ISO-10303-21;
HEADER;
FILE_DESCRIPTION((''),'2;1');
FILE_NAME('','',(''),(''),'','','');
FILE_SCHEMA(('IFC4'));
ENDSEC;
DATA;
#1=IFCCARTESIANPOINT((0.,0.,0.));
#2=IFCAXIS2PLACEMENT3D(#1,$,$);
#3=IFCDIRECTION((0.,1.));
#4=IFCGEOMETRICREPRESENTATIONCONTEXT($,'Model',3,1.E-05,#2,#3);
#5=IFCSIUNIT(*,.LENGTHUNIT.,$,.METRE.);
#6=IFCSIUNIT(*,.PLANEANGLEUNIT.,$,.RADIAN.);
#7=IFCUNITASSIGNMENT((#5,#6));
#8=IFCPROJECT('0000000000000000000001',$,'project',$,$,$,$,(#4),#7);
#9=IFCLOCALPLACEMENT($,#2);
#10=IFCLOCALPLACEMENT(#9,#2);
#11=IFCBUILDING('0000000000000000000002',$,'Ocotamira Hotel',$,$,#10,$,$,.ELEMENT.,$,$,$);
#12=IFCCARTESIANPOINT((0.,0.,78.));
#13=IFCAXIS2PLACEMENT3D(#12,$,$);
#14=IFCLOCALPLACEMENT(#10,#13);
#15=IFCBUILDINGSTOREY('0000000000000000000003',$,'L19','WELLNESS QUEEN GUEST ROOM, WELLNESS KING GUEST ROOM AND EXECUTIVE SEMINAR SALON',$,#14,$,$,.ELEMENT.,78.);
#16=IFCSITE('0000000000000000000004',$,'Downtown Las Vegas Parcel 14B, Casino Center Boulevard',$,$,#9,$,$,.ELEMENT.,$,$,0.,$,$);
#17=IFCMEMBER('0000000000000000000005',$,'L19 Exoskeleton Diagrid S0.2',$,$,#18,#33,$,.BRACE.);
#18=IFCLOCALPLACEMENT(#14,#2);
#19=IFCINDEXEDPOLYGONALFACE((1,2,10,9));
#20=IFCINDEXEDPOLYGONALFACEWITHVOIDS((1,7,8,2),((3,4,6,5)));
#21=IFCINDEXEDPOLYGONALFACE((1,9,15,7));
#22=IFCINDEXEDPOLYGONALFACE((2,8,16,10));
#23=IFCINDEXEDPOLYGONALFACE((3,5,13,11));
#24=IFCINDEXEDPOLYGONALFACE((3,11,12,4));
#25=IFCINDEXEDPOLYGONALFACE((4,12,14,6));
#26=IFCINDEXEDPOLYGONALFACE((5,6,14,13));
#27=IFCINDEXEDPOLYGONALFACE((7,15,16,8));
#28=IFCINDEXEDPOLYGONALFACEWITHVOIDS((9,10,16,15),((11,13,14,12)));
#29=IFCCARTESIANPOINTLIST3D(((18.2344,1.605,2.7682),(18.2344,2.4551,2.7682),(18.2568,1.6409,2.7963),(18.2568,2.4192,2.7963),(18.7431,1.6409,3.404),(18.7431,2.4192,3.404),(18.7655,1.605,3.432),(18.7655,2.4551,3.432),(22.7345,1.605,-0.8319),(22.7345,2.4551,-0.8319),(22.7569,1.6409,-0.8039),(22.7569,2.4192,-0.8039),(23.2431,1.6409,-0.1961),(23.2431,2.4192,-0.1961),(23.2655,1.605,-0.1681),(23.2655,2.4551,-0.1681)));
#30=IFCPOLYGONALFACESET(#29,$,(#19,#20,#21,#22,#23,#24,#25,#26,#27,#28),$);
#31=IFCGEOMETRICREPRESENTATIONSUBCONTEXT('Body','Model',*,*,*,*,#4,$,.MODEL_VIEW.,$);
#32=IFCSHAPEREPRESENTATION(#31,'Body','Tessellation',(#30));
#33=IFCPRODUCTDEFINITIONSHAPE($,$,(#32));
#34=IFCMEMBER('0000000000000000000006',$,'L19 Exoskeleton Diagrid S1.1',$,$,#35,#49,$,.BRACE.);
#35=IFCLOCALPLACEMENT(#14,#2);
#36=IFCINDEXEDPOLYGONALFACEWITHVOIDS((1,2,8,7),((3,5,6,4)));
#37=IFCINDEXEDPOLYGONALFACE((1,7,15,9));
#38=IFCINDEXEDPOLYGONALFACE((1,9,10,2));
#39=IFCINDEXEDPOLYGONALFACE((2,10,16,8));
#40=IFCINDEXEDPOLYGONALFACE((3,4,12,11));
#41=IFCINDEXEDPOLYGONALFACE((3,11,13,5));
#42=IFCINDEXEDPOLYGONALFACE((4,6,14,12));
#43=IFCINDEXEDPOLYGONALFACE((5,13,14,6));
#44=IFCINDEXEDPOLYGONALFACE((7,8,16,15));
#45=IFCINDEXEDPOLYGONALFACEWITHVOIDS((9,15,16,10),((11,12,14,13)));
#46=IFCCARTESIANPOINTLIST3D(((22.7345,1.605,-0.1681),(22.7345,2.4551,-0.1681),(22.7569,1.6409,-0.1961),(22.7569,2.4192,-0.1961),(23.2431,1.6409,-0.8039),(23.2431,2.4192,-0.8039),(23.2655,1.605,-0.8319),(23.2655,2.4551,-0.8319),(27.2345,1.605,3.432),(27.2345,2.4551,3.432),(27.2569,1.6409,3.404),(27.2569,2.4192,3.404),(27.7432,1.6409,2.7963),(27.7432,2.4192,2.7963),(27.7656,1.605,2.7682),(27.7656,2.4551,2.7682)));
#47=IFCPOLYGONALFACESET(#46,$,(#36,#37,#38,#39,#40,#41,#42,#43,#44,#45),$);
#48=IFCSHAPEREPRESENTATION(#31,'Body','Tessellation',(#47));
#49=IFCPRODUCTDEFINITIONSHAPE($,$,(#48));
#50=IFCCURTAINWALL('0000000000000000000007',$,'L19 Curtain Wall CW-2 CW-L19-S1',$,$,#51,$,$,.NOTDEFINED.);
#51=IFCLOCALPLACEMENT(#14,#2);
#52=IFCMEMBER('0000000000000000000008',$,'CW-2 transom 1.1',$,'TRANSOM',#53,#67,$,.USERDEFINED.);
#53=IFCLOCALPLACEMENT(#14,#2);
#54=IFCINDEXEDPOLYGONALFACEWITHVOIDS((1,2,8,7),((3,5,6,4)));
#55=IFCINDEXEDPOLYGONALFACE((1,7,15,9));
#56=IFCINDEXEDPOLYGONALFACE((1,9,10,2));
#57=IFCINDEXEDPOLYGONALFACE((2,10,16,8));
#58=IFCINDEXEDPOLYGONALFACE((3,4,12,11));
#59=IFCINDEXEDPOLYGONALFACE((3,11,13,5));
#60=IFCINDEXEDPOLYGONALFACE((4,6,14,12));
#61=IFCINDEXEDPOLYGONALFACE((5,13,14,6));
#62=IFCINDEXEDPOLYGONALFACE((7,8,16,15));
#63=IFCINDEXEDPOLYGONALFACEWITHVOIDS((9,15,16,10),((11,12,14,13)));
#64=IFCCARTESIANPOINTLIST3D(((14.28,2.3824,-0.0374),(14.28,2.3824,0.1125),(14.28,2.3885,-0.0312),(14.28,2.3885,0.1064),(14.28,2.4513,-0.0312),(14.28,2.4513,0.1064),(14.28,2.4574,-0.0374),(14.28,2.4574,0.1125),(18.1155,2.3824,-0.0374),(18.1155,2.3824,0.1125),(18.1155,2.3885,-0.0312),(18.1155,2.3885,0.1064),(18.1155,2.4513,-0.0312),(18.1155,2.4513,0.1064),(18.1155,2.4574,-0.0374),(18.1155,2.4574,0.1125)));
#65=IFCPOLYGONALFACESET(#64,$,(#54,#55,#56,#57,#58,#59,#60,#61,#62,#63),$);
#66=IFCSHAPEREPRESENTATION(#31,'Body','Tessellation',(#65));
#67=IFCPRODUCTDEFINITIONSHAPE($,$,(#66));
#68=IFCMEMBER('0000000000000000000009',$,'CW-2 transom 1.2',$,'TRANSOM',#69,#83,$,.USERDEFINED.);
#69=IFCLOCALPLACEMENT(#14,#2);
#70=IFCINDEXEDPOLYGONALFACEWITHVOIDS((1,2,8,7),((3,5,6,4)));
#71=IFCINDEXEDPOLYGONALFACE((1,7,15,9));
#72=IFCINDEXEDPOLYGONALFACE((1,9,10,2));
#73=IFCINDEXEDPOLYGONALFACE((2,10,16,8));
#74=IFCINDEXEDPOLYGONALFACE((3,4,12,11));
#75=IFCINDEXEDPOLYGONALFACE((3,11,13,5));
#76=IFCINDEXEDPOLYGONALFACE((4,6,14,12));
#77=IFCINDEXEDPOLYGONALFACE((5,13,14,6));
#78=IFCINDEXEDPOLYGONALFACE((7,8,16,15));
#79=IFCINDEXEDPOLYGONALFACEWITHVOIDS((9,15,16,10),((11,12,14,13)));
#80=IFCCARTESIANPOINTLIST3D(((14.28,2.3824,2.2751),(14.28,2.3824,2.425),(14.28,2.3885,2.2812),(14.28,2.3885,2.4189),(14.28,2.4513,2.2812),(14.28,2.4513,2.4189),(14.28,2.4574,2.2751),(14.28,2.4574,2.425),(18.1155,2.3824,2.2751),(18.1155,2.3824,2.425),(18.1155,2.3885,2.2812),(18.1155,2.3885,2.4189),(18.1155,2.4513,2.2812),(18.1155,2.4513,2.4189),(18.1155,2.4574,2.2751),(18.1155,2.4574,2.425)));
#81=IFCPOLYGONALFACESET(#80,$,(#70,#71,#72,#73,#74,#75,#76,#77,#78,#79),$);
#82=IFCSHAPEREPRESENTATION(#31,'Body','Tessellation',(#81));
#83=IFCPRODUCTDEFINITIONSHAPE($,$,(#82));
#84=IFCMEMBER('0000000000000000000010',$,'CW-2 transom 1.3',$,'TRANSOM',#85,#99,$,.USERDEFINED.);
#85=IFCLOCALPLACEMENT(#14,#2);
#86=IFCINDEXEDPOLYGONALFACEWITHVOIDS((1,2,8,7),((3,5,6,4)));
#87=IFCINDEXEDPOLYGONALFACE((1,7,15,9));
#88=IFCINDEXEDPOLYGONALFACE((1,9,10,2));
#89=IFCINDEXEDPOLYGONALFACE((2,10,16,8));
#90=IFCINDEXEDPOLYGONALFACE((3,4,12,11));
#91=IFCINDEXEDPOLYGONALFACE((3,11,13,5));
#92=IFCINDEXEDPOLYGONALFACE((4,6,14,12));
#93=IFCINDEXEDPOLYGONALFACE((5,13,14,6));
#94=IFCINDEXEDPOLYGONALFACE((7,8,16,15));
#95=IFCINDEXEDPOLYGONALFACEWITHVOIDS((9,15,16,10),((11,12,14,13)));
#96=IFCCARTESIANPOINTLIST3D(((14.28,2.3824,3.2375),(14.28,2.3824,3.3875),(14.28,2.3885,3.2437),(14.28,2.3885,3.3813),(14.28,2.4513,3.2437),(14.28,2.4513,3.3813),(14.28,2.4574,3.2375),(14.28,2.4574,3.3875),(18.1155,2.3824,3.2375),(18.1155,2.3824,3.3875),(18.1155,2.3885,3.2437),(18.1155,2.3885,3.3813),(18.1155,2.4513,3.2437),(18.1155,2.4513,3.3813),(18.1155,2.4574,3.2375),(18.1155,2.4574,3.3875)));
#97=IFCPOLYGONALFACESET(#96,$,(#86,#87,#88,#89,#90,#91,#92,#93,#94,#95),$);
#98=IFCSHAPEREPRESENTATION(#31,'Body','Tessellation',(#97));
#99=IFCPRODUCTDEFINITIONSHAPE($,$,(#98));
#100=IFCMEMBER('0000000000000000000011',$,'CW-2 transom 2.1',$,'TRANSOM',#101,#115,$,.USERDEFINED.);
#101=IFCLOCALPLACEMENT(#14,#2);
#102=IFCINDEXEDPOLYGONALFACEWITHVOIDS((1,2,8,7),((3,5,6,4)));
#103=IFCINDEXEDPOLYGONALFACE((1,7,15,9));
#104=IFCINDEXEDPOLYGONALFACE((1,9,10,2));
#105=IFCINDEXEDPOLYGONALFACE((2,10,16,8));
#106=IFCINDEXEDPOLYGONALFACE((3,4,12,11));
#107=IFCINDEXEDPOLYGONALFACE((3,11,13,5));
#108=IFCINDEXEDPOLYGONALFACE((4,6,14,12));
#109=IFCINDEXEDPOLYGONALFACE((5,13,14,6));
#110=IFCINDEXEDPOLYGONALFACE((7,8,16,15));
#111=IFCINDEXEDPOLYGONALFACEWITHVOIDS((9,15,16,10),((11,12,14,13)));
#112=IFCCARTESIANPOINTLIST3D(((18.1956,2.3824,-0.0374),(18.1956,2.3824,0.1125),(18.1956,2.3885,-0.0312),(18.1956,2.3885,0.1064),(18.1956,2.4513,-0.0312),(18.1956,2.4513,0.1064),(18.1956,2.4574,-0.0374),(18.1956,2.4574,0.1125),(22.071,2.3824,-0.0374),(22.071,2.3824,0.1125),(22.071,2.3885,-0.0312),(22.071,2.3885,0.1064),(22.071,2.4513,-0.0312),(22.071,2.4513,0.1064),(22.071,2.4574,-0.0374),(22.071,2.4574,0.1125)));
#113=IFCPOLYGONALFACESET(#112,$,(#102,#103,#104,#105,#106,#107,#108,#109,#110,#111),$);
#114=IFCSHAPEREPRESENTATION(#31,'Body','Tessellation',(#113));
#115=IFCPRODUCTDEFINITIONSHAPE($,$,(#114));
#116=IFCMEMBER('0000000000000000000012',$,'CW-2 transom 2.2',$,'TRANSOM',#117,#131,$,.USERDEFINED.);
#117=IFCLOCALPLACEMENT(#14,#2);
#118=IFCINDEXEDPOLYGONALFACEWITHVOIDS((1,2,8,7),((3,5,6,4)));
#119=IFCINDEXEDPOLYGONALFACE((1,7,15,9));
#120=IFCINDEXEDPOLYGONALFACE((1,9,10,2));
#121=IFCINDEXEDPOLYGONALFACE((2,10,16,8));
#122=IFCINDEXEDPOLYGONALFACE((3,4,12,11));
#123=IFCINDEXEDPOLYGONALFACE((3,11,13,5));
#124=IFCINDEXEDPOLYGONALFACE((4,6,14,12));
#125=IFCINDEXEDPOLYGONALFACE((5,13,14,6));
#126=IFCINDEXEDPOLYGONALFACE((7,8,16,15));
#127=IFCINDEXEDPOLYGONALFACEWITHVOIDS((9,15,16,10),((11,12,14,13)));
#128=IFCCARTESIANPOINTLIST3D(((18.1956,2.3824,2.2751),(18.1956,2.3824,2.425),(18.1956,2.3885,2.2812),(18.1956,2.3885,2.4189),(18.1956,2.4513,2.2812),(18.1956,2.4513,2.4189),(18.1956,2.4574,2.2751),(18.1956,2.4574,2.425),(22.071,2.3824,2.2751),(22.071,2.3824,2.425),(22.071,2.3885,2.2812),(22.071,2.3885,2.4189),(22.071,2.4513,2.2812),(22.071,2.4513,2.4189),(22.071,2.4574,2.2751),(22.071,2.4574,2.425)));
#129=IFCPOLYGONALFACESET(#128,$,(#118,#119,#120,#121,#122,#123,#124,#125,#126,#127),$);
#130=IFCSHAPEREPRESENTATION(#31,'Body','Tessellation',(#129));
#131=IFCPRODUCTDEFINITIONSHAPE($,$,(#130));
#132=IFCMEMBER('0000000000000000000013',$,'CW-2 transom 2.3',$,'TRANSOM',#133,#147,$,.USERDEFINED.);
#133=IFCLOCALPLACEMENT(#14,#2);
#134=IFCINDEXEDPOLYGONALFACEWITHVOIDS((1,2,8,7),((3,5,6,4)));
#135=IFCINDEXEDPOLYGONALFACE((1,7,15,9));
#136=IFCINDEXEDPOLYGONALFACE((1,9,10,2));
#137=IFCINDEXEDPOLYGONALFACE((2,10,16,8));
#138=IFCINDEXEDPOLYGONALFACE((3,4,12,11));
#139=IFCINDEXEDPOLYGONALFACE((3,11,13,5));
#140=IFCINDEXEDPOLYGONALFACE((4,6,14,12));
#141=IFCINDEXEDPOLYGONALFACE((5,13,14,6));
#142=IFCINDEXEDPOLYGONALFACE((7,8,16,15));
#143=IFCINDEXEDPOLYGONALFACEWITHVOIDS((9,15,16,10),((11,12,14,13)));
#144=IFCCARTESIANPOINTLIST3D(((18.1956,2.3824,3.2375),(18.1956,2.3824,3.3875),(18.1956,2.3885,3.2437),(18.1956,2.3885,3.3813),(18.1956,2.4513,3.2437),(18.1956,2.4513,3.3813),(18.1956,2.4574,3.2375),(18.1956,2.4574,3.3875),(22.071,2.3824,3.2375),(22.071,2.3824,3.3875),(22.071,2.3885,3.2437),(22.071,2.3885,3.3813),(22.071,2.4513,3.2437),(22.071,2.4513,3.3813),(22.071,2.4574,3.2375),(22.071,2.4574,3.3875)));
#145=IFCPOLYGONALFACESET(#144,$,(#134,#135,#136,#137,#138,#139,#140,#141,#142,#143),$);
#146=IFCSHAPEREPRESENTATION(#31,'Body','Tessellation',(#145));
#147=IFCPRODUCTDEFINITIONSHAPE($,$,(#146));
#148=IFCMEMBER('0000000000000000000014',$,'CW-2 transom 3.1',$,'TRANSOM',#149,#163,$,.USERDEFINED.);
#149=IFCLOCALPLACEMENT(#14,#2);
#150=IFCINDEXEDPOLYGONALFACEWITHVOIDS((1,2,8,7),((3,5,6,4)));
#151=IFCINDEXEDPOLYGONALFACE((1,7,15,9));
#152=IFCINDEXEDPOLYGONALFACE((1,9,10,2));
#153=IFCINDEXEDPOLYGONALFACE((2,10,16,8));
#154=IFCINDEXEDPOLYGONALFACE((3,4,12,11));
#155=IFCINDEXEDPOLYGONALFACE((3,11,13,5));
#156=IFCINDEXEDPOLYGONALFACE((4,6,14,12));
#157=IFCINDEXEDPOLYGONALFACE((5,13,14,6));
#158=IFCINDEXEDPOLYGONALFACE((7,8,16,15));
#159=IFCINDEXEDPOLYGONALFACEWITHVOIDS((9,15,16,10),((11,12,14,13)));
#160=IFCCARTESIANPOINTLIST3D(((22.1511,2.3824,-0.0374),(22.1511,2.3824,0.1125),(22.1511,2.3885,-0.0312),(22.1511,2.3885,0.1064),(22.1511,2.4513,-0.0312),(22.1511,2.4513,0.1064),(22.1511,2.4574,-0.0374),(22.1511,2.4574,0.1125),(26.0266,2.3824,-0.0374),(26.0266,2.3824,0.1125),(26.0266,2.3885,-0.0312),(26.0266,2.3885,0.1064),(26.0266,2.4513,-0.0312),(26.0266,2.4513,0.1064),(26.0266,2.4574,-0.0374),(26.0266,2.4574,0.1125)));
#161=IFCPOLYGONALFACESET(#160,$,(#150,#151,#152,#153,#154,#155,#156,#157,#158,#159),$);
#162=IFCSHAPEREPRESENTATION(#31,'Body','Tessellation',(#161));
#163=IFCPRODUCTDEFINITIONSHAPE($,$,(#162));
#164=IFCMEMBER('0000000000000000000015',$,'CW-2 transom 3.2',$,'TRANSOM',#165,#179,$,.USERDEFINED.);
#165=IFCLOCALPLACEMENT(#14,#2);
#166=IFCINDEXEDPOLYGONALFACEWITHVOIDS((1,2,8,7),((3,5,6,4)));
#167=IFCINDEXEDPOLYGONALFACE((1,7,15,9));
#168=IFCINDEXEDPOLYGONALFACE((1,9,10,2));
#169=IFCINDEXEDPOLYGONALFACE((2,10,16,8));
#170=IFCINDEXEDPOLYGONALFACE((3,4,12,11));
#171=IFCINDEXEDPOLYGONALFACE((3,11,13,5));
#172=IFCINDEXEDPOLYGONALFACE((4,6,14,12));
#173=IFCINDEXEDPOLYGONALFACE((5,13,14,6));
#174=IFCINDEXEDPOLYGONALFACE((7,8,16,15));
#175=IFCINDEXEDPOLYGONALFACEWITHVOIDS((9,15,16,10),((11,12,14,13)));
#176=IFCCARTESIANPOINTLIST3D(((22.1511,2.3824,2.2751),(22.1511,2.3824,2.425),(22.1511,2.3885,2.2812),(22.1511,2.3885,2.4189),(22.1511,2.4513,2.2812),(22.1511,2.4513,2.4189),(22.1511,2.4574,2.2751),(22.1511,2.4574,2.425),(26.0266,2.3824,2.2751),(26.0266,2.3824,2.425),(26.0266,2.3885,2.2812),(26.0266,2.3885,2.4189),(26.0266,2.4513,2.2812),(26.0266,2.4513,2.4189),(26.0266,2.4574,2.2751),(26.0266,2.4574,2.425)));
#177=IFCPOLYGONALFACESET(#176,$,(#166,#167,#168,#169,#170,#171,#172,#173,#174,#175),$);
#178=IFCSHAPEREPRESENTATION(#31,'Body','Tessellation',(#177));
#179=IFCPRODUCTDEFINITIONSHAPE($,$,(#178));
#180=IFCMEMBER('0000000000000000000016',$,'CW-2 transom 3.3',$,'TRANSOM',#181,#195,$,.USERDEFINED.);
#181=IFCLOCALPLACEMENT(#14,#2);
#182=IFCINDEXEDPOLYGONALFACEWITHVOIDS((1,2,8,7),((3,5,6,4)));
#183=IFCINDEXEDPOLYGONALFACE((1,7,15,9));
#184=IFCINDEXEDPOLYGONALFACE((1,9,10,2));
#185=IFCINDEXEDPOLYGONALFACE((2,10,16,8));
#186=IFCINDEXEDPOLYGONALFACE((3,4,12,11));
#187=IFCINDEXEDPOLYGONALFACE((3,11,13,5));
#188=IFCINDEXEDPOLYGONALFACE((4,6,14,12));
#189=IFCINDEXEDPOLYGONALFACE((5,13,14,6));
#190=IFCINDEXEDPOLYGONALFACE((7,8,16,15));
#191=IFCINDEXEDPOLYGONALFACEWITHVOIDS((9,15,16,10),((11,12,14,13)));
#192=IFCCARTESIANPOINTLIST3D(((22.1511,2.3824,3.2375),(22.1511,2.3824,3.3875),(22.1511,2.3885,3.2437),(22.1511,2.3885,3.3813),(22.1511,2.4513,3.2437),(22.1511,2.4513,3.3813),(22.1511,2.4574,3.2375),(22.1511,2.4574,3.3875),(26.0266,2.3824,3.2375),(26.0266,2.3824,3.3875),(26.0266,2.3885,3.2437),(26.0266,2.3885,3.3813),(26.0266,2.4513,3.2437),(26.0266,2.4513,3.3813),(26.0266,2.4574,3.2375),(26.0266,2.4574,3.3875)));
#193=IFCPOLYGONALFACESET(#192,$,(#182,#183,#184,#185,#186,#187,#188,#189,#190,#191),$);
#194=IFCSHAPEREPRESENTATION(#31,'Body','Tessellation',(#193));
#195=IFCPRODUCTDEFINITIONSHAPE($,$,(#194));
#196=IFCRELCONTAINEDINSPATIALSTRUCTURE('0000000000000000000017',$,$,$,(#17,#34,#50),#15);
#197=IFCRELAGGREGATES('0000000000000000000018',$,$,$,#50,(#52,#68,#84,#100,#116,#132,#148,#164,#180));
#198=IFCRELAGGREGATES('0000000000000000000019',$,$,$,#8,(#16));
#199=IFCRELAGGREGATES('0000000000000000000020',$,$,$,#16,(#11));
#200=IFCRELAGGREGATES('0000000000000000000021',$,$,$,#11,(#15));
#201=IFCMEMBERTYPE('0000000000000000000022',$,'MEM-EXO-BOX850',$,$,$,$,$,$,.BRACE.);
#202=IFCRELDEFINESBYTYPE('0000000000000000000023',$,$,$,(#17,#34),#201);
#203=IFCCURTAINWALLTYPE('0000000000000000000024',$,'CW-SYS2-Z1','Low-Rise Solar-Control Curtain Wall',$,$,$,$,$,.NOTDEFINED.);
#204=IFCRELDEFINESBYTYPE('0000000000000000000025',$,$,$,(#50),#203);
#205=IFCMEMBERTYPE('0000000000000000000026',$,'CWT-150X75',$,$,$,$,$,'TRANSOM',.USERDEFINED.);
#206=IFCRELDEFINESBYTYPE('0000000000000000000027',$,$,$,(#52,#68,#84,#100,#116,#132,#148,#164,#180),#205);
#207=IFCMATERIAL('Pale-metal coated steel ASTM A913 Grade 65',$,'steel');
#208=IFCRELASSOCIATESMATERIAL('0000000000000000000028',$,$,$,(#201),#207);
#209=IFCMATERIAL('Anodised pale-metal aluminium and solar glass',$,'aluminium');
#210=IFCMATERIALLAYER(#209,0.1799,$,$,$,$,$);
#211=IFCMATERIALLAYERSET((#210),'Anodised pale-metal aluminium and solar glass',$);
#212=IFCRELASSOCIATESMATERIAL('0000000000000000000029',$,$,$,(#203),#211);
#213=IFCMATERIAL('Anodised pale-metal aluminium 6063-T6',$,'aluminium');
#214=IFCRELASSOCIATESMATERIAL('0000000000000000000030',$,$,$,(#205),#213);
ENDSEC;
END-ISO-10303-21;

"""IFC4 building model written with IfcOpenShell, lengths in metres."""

from ifc_helpers import new_model, si_unit, direction, frame, origin, origin_2d, place, context, subcontext, project, spatial, hollow_rectangle, extrude, source, transform, mapped, material, layer, layer_set, material_profile, profile_set, type_object, element, aggregate, save


model = new_model("IFC4")

# Units and contexts
model_context = context("Model", 3, precision=1e-05, world=origin(), true_north=direction((0.0, 1.0)))
body_context = subcontext(model_context, "Body", "Model", "MODEL_VIEW")
ifc_project = project(units=[si_unit("LENGTHUNIT", "METRE"), si_unit("PLANEANGLEUNIT", "RADIAN")], contexts=[model_context])

# Site, building, storey
site_placement = place(None, origin())
site = spatial("IfcSite", under=ifc_project, at=site_placement, Name="Downtown Las Vegas Parcel 14B, Casino Center Boulevard", CompositionType="ELEMENT", RefElevation=0.0)
building_placement = place(site_placement, origin())
building = spatial("IfcBuilding", under=site, at=building_placement, Name="Ocotamira Hotel", CompositionType="ELEMENT")
storey_placement = place(building_placement, frame((0.0, 0.0, 78.0)))
storey = spatial("IfcBuildingStorey", under=building, at=storey_placement, Name="L19", Description="WELLNESS QUEEN GUEST ROOM, WELLNESS KING GUEST ROOM AND EXECUTIVE SEMINAR SALON", CompositionType="ELEMENT", Elevation=78.0)

# Members
ifc_material_1 = material(Name="Pale-metal coated steel ASTM A913 Grade 65", Category="steel")
ifc_material_profile_1 = material_profile(ifc_material_1, hollow_rectangle(XDim=0.8501, YDim=0.8501, WallThickness=0.0359, at=origin_2d()), Name="BOX850X850X36")
ifc_profile_set_1 = profile_set([ifc_material_profile_1], Name="Pale-metal coated steel ASTM A913 Grade 65")
member_type_1 = type_object("IfcMemberType", Name="MEM-EXO-BOX850", PredefinedType="BRACE", material=ifc_profile_set_1)
shared_shape_1 = source(origin(), body_context, "Body", "SweptSolid", [
    extrude(hollow_rectangle(XDim=0.8501, YDim=0.8501, WallThickness=0.0359, at=origin_2d()), origin(), (0.0, 0.0, 1.0), 5.7629),
])
for number, where, z_axis, x_axis, name in (
    (1, (23.0, 2.03, -0.5), (-0.780861, 0.0, 0.624705), (0.0, -1.0, 0.0), "L19 Exoskeleton Diagrid S0.2"),
    (2, (23.0, 2.03, -0.5), (0.780861, 0.0, 0.624705), (0.0, 1.0, 0.0), "L19 Exoskeleton Diagrid S1.1"),
):
    element("IfcMember", number, at=place(storey_placement, frame(where, z_axis=z_axis, x_axis=x_axis)), inside=storey, type_object=member_type_1, Name=name, PredefinedType="BRACE", context=body_context, shape_type="MappedRepresentation", body=[
        mapped(shared_shape_1, transform((0.0, 0.0, 0.0), scale=1.0)),
    ])

# Curtain wall, members
ifc_material_2 = material(Name="Anodised pale-metal aluminium and solar glass", Category="aluminium")
ifc_layer_1 = layer(ifc_material_2, 0.1799)
ifc_layer_set_1 = layer_set([ifc_layer_1], Name="Anodised pale-metal aluminium and solar glass")
curtain_wall_type = type_object("IfcCurtainWallType", Name="CW-SYS2-Z1", Description="Low-Rise Solar-Control Curtain Wall", PredefinedType="NOTDEFINED", material=ifc_layer_set_1)
curtain_wall_placement = place(storey_placement, origin())
curtain_wall = element("IfcCurtainWall", 3, at=curtain_wall_placement, inside=storey, type_object=curtain_wall_type, Name="L19 Curtain Wall CW-2 CW-L19-S1", PredefinedType="NOTDEFINED")
ifc_material_3 = material(Name="Anodised pale-metal aluminium 6063-T6", Category="aluminium")
ifc_material_profile_2 = material_profile(ifc_material_3, hollow_rectangle(XDim=0.075, YDim=0.1499, WallThickness=0.0061, at=origin_2d()), Name="HSS150X75X6")
ifc_profile_set_2 = profile_set([ifc_material_profile_2], Name="Anodised pale-metal aluminium 6063-T6")
member_type_2 = type_object("IfcMemberType", Name="CWT-150X75", ElementType="TRANSOM", PredefinedType="USERDEFINED", material=ifc_profile_set_2)
shared_shape_2 = source(origin(), body_context, "Body", "SweptSolid", [
    extrude(hollow_rectangle(XDim=0.075, YDim=0.1499, WallThickness=0.0061, at=origin_2d()), origin(), (0.0, 0.0, 1.0), 3.8354),
])
member_1_placement = place(storey_placement, frame((14.28, 2.4199, 0.0376), z_axis=(1.0, 0.0, 0.0), x_axis=(0.0, 1.0, 0.0)))
member_1 = element("IfcMember", 4, at=member_1_placement, type_object=member_type_2, Name="CW-2 transom 1.1", ObjectType="TRANSOM", PredefinedType="USERDEFINED", context=body_context, shape_type="MappedRepresentation", body=[
    mapped(shared_shape_2, transform((0.0, 0.0, 0.0), scale=1.0)),
])
member_2_placement = place(storey_placement, frame((14.28, 2.4199, 2.3501), z_axis=(1.0, 0.0, 0.0), x_axis=(0.0, 1.0, 0.0)))
member_2 = element("IfcMember", 5, at=member_2_placement, type_object=member_type_2, Name="CW-2 transom 1.2", ObjectType="TRANSOM", PredefinedType="USERDEFINED", context=body_context, shape_type="MappedRepresentation", body=[
    mapped(shared_shape_2, transform((0.0, 0.0, 0.0), scale=1.0)),
])
member_3_placement = place(storey_placement, frame((14.28, 2.4199, 3.3125), z_axis=(1.0, 0.0, 0.0), x_axis=(0.0, 1.0, 0.0)))
member_3 = element("IfcMember", 6, at=member_3_placement, type_object=member_type_2, Name="CW-2 transom 1.3", ObjectType="TRANSOM", PredefinedType="USERDEFINED", context=body_context, shape_type="MappedRepresentation", body=[
    mapped(shared_shape_2, transform((0.0, 0.0, 0.0), scale=1.0)),
])
shared_shape_3 = source(origin(), body_context, "Body", "SweptSolid", [
    extrude(hollow_rectangle(XDim=0.075, YDim=0.1499, WallThickness=0.0061, at=origin_2d()), origin(), (0.0, 0.0, 1.0), 3.8755),
])
member_4_placement = place(storey_placement, frame((18.1956, 2.4199, 0.0376), z_axis=(1.0, 0.0, 0.0), x_axis=(0.0, 1.0, 0.0)))
member_4 = element("IfcMember", 7, at=member_4_placement, type_object=member_type_2, Name="CW-2 transom 2.1", ObjectType="TRANSOM", PredefinedType="USERDEFINED", context=body_context, shape_type="MappedRepresentation", body=[
    mapped(shared_shape_3, transform((0.0, 0.0, 0.0), scale=1.0)),
])
member_5_placement = place(storey_placement, frame((18.1956, 2.4199, 2.3501), z_axis=(1.0, 0.0, 0.0), x_axis=(0.0, 1.0, 0.0)))
member_5 = element("IfcMember", 8, at=member_5_placement, type_object=member_type_2, Name="CW-2 transom 2.2", ObjectType="TRANSOM", PredefinedType="USERDEFINED", context=body_context, shape_type="MappedRepresentation", body=[
    mapped(shared_shape_3, transform((0.0, 0.0, 0.0), scale=1.0)),
])
member_6_placement = place(storey_placement, frame((18.1956, 2.4199, 3.3125), z_axis=(1.0, 0.0, 0.0), x_axis=(0.0, 1.0, 0.0)))
member_6 = element("IfcMember", 9, at=member_6_placement, type_object=member_type_2, Name="CW-2 transom 2.3", ObjectType="TRANSOM", PredefinedType="USERDEFINED", context=body_context, shape_type="MappedRepresentation", body=[
    mapped(shared_shape_3, transform((0.0, 0.0, 0.0), scale=1.0)),
])
member_7_placement = place(storey_placement, frame((22.1511, 2.4199, 0.0376), z_axis=(1.0, 0.0, 0.0), x_axis=(0.0, 1.0, 0.0)))
member_7 = element("IfcMember", 10, at=member_7_placement, type_object=member_type_2, Name="CW-2 transom 3.1", ObjectType="TRANSOM", PredefinedType="USERDEFINED", context=body_context, shape_type="MappedRepresentation", body=[
    mapped(shared_shape_3, transform((0.0, 0.0, 0.0), scale=1.0)),
])
member_8_placement = place(storey_placement, frame((22.1511, 2.4199, 2.3501), z_axis=(1.0, 0.0, 0.0), x_axis=(0.0, 1.0, 0.0)))
member_8 = element("IfcMember", 11, at=member_8_placement, type_object=member_type_2, Name="CW-2 transom 3.2", ObjectType="TRANSOM", PredefinedType="USERDEFINED", context=body_context, shape_type="MappedRepresentation", body=[
    mapped(shared_shape_3, transform((0.0, 0.0, 0.0), scale=1.0)),
])
member_9_placement = place(storey_placement, frame((22.1511, 2.4199, 3.3125), z_axis=(1.0, 0.0, 0.0), x_axis=(0.0, 1.0, 0.0)))
member_9 = element("IfcMember", 12, at=member_9_placement, type_object=member_type_2, Name="CW-2 transom 3.3", ObjectType="TRANSOM", PredefinedType="USERDEFINED", context=body_context, shape_type="MappedRepresentation", body=[
    mapped(shared_shape_3, transform((0.0, 0.0, 0.0), scale=1.0)),
])

aggregate(curtain_wall, [member_1, member_2, member_3, member_4, member_5, member_6, member_7, member_8, member_9])

save(model, "model.ifc")
